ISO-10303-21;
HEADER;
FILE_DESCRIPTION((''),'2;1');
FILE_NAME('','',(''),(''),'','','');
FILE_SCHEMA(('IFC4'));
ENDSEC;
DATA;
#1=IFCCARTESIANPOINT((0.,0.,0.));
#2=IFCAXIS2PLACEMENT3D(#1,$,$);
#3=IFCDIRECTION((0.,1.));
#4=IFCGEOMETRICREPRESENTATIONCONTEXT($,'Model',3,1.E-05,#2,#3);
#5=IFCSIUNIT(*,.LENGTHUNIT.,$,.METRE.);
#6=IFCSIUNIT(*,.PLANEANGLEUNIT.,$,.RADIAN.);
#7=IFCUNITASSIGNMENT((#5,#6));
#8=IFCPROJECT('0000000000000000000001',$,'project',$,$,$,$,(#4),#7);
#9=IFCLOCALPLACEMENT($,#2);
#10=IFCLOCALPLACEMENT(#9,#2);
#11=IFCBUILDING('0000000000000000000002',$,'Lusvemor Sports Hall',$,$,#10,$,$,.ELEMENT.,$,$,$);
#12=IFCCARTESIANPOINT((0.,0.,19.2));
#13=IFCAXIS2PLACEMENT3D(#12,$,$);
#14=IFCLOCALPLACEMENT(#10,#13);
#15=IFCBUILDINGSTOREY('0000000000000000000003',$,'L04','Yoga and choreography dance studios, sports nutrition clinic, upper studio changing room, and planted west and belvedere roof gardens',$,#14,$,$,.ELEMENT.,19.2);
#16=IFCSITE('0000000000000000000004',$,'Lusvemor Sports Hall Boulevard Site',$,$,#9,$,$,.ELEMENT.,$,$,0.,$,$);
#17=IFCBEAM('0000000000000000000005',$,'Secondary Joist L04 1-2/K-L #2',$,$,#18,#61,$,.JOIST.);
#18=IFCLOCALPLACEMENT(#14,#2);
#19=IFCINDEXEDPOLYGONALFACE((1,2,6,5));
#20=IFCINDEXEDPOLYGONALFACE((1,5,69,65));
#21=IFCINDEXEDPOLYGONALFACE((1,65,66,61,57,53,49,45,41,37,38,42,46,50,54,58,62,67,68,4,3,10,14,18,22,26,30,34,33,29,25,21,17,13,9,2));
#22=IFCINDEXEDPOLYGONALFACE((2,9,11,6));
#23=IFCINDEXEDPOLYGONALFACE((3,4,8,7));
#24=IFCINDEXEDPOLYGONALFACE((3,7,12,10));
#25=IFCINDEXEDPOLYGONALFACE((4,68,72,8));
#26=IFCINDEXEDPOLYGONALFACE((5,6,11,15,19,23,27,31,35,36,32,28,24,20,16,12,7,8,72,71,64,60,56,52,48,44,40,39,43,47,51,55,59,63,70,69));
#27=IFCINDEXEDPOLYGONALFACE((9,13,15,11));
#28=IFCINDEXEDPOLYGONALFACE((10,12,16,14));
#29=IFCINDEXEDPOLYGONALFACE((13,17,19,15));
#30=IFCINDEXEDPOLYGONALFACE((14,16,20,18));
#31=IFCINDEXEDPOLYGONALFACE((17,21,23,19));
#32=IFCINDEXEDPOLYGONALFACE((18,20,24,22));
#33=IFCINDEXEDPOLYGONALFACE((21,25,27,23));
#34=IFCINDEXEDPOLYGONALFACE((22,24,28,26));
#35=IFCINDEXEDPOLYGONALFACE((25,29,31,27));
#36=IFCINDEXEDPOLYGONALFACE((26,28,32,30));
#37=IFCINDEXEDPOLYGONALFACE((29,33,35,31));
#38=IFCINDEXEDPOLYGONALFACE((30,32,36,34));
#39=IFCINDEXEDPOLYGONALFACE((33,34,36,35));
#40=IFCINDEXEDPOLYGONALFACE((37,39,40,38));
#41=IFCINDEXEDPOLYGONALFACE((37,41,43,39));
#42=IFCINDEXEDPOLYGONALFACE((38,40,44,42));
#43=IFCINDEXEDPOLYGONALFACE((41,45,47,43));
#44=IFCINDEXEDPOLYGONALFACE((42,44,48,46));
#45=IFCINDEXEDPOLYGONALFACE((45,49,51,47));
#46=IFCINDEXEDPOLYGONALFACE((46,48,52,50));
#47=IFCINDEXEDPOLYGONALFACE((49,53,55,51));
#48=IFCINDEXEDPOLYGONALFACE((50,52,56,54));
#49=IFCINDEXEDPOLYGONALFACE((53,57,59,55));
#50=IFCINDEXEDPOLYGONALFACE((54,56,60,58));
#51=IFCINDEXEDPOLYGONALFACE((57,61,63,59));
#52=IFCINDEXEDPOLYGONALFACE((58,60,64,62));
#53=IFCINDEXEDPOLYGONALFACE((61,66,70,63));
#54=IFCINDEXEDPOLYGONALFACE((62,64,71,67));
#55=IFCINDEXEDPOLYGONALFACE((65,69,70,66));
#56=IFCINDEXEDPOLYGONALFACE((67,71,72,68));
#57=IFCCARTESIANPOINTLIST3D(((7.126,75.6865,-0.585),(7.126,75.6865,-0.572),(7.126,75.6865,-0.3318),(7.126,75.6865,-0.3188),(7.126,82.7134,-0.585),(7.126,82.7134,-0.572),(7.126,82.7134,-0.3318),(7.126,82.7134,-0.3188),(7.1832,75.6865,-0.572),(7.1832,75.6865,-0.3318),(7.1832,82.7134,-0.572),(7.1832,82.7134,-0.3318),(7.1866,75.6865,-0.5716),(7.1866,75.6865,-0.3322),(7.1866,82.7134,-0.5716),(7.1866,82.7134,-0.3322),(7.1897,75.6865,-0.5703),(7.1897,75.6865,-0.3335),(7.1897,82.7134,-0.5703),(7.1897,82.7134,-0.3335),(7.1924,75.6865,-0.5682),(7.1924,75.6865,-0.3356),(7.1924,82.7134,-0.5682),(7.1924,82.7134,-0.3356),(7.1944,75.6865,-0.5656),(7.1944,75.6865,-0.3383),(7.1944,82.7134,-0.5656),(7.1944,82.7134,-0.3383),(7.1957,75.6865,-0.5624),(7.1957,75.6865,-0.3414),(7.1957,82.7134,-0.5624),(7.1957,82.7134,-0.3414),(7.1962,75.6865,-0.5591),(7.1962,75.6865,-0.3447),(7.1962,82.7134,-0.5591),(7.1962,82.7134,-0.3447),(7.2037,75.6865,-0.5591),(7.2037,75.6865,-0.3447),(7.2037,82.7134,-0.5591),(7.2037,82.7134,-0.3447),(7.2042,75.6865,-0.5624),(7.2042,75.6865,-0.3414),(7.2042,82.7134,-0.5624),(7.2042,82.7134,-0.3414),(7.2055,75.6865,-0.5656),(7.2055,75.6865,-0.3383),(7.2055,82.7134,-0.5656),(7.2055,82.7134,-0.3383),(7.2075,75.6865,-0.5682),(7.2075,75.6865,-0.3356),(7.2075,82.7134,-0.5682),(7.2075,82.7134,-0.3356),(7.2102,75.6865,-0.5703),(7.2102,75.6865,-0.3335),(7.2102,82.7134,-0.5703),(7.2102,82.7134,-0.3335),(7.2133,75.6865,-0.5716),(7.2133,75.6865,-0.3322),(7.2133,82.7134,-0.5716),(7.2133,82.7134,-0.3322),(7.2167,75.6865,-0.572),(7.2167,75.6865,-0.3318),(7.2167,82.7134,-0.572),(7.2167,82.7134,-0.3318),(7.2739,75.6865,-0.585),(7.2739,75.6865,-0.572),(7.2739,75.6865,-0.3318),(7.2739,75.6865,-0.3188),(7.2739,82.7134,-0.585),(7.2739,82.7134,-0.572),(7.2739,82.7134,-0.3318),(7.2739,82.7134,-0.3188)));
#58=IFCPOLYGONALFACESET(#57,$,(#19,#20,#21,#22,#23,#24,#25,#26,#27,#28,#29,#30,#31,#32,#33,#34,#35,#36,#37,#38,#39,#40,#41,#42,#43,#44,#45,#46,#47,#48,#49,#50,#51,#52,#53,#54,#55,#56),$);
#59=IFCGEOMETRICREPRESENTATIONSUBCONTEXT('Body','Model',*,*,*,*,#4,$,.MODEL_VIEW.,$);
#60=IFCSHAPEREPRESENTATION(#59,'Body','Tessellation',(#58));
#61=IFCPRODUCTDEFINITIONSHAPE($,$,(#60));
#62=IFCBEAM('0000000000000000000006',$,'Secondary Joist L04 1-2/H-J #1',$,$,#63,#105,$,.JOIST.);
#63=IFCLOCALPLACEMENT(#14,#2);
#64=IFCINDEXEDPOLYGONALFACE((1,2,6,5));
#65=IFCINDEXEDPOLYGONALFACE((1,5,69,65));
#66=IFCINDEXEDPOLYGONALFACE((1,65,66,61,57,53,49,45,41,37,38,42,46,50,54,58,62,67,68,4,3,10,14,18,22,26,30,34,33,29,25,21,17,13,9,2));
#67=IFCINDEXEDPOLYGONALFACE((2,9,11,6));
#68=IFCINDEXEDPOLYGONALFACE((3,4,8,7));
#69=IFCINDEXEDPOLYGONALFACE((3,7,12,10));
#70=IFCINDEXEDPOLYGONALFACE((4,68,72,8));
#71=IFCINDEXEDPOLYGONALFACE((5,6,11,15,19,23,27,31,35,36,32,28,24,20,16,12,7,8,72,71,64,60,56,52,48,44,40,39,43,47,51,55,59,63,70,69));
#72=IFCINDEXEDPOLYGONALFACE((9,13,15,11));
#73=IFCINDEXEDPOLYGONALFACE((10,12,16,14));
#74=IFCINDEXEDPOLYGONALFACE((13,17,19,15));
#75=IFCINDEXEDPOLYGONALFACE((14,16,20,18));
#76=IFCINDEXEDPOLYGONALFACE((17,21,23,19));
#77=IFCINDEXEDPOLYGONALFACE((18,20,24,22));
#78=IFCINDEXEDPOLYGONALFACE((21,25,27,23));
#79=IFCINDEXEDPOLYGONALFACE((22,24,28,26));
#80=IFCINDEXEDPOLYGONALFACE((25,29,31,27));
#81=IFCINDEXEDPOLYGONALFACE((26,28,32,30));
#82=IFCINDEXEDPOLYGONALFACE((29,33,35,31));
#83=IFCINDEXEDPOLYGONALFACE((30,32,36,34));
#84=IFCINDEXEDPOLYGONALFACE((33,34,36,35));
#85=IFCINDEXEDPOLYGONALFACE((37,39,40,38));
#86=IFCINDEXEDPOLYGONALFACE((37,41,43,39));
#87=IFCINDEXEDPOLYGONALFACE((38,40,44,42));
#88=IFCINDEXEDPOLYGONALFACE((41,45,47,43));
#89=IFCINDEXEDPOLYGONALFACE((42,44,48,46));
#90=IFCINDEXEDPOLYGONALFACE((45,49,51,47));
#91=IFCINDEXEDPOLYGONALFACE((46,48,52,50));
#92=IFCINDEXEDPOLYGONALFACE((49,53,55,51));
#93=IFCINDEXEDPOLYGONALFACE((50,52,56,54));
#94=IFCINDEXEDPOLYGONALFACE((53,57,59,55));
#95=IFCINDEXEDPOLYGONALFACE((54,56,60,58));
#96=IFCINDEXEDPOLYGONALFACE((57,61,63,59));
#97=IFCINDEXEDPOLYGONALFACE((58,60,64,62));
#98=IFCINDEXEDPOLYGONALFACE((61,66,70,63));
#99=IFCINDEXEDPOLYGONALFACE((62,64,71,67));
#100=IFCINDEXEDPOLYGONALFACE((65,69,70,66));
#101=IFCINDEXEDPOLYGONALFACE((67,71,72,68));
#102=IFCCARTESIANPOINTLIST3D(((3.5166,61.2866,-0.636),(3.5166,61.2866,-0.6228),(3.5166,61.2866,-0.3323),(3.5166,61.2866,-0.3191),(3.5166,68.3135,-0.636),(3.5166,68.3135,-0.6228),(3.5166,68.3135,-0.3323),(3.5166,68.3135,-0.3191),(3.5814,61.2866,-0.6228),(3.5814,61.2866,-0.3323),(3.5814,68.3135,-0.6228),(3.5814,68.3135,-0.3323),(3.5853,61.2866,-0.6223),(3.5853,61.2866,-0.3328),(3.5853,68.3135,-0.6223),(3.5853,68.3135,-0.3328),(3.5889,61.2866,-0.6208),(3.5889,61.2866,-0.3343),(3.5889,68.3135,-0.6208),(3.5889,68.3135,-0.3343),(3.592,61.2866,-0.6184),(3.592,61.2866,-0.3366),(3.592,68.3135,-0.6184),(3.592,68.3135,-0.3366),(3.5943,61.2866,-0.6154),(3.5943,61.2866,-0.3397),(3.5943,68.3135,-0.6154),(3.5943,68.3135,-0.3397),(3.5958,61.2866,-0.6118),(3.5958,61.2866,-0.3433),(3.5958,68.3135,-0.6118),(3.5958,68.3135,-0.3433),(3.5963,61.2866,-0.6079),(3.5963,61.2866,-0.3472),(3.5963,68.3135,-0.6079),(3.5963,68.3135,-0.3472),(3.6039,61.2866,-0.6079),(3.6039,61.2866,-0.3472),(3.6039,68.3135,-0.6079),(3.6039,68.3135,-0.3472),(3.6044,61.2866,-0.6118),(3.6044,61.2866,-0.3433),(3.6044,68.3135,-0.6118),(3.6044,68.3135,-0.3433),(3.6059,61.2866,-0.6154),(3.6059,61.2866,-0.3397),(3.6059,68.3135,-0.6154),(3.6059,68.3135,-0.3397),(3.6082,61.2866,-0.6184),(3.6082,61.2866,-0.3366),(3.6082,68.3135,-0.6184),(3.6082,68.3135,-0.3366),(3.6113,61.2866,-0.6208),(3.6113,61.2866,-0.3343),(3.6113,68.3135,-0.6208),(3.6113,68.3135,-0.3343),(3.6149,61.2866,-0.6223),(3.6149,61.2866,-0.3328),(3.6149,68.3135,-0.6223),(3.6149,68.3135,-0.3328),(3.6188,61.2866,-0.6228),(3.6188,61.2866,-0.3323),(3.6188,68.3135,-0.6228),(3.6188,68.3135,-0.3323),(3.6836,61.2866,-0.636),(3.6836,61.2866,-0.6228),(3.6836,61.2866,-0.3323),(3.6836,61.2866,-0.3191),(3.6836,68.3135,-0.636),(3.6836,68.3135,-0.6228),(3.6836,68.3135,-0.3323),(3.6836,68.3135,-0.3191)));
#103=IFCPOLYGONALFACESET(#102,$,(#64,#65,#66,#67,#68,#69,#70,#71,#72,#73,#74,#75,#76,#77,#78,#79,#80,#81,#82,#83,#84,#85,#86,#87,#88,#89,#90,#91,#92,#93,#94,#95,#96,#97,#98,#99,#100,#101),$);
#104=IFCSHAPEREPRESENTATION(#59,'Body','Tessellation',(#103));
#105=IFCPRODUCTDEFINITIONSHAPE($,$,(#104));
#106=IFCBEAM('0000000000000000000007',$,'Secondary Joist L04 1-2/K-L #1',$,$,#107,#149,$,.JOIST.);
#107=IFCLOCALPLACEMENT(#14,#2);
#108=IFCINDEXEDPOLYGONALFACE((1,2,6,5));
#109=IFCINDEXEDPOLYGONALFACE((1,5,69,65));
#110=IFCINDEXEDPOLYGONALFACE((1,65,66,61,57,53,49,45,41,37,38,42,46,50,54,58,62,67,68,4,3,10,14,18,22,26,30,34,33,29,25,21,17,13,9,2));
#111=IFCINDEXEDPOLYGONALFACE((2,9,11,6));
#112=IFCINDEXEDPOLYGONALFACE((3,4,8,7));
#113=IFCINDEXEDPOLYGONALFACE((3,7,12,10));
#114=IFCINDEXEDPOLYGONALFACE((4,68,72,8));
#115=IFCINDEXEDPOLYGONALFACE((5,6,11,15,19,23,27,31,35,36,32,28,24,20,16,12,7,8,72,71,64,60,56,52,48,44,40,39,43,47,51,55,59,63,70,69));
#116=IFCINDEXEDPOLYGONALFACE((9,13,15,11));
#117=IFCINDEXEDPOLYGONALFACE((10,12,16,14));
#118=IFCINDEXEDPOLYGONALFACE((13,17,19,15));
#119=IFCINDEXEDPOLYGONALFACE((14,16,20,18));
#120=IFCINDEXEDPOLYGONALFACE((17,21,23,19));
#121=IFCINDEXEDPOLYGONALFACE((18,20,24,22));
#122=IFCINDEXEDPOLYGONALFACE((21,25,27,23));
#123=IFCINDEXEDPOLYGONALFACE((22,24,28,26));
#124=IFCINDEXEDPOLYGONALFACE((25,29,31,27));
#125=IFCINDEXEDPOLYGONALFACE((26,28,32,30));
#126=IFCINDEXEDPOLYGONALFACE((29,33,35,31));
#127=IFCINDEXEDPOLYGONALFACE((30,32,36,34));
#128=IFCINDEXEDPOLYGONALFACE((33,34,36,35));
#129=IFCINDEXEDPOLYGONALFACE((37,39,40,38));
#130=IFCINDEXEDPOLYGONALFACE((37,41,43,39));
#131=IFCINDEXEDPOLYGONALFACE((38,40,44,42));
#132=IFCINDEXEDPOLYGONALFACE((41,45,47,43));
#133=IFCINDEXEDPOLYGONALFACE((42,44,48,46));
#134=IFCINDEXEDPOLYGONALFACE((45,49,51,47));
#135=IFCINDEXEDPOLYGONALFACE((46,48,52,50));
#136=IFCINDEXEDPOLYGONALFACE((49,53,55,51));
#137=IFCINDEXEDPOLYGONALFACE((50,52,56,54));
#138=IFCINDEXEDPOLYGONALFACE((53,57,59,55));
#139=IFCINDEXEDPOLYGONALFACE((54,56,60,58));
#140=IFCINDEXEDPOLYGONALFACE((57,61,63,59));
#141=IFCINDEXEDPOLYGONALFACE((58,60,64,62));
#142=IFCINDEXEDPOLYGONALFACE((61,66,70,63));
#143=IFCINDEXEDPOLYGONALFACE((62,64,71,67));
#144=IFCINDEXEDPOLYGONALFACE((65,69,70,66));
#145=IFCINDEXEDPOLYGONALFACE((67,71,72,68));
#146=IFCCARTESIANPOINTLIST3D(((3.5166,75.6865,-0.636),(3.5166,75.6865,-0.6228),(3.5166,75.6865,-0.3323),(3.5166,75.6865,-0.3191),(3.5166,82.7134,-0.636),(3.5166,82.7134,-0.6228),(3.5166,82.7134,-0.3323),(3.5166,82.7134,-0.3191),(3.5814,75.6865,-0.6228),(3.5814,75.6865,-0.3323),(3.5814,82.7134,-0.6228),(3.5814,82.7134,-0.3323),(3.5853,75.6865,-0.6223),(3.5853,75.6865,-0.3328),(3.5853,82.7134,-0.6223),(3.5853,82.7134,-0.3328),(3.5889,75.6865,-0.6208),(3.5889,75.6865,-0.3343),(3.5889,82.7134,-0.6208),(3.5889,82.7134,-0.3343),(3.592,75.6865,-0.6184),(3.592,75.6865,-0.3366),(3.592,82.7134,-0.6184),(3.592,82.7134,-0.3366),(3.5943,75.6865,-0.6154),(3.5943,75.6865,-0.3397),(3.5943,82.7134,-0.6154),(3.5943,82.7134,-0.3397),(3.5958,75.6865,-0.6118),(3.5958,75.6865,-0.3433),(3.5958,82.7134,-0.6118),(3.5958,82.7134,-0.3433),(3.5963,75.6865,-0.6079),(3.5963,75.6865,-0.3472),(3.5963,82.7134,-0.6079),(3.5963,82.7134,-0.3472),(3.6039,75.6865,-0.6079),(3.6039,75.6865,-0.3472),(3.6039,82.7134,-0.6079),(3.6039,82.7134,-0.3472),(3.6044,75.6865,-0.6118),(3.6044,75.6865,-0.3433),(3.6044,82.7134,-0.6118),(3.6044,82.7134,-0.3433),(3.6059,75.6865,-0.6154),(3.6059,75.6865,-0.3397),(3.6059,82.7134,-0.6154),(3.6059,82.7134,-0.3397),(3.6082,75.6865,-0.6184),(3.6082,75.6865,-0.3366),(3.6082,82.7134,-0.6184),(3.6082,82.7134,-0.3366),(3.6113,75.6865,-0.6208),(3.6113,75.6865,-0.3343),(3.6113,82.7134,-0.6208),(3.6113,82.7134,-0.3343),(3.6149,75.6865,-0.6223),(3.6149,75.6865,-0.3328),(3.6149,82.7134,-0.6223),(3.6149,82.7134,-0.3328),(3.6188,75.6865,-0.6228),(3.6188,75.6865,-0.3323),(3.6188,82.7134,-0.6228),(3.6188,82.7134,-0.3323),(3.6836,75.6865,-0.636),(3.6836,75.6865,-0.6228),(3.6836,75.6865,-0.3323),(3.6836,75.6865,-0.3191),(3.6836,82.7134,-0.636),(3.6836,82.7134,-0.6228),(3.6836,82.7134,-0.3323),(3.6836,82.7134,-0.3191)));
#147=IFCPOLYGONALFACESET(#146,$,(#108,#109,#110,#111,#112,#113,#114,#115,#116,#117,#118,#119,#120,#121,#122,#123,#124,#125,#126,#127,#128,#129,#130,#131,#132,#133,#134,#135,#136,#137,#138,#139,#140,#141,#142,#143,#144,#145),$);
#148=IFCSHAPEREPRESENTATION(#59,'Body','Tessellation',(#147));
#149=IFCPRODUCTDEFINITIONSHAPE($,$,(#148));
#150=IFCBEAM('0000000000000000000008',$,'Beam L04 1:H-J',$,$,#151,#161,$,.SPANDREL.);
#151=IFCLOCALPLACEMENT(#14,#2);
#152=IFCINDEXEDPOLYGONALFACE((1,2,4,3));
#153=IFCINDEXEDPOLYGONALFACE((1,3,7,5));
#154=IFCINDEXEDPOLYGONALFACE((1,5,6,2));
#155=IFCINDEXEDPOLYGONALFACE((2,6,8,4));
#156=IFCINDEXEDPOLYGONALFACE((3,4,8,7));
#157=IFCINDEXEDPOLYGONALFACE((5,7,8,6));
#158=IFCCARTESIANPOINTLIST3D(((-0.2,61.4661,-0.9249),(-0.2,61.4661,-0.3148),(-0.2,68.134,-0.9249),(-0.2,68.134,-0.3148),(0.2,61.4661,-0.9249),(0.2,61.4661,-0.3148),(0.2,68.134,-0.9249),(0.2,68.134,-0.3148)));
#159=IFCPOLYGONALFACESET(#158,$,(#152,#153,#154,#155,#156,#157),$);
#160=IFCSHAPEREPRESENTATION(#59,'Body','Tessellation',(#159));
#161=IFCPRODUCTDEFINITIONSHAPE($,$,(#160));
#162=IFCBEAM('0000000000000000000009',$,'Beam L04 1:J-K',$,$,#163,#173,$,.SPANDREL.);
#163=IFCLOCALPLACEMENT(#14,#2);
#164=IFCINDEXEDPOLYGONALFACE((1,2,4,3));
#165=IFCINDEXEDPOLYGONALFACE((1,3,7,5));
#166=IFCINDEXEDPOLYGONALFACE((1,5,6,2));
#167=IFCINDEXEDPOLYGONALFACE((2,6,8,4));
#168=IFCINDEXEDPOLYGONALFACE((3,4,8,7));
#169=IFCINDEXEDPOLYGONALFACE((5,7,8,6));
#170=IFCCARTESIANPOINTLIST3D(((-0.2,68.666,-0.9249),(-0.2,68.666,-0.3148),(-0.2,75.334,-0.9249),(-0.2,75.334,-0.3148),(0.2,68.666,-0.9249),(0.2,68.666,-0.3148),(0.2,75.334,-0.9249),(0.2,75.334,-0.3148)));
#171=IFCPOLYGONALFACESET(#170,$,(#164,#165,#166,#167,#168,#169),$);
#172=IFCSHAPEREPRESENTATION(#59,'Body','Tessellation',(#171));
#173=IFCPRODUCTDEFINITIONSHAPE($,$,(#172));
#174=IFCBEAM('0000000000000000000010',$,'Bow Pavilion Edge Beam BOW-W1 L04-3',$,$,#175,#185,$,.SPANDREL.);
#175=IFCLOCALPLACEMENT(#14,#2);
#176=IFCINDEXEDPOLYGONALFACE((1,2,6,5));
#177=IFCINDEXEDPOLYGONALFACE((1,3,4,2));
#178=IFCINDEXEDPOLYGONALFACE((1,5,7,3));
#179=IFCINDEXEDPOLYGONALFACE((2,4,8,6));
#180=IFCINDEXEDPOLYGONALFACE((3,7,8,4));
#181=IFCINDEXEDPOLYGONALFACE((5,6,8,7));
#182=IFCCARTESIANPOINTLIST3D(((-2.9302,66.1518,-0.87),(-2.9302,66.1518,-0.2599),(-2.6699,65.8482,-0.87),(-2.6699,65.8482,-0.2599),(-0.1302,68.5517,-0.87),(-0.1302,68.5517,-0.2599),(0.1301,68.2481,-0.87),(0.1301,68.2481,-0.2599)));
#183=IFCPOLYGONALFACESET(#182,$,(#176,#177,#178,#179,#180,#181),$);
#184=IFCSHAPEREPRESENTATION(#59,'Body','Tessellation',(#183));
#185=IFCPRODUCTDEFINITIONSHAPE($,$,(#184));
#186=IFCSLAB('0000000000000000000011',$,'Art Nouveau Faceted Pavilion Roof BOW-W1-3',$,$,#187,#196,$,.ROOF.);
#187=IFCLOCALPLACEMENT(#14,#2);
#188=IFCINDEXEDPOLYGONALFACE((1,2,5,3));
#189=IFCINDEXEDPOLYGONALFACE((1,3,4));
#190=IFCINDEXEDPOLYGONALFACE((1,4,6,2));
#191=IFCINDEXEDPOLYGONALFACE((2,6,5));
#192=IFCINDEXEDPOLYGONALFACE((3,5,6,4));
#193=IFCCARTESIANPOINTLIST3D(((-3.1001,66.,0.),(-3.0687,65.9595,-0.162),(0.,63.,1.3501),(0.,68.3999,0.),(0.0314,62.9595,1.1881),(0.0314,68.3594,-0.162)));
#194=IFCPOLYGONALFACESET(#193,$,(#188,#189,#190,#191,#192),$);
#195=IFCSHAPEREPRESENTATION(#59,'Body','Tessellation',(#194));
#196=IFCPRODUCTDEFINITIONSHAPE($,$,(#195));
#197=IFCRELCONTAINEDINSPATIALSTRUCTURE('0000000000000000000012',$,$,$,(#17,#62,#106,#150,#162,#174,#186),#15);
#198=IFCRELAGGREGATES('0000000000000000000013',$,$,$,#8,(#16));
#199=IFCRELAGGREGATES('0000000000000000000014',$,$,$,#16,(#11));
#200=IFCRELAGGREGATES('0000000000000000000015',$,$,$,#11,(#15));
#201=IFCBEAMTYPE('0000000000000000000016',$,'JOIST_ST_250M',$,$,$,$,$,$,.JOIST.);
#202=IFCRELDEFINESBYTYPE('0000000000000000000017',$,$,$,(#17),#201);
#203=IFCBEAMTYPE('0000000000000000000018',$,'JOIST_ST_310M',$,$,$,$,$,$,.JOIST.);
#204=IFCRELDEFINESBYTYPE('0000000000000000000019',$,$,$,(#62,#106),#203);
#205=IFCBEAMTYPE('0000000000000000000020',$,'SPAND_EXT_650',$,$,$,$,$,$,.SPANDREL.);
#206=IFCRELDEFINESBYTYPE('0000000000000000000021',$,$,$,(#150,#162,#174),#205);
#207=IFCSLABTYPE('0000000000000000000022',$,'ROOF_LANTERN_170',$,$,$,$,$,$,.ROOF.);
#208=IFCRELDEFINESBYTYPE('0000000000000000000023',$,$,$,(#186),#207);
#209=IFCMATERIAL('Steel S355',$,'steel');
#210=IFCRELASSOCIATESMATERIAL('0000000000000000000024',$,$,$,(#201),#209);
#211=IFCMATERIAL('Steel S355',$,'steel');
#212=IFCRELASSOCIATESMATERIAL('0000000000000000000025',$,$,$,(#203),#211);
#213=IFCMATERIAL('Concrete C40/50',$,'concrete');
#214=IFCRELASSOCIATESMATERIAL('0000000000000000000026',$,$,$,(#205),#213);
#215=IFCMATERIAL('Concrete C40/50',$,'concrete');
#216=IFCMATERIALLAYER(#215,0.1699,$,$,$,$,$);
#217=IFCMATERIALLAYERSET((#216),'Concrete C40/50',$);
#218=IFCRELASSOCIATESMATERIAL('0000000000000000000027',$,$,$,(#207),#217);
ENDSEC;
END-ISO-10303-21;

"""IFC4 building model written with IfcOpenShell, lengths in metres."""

from ifc_helpers import new_model, si_unit, direction, frame, origin, origin_2d, place, context, subcontext, project, spatial, polyline, rectangle, i_section, outline, extrude, material, layer, layer_set, material_profile, profile_set, type_object, element, save


model = new_model("IFC4")

# Units and contexts
model_context = context("Model", 3, precision=1e-05, world=origin(), true_north=direction((0.0, 1.0)))
body_context = subcontext(model_context, "Body", "Model", "MODEL_VIEW")
ifc_project = project(units=[si_unit("LENGTHUNIT", "METRE"), si_unit("PLANEANGLEUNIT", "RADIAN")], contexts=[model_context])

# Site, building, storey
site_placement = place(None, origin())
site = spatial("IfcSite", under=ifc_project, at=site_placement, Name="Lusvemor Sports Hall Boulevard Site", CompositionType="ELEMENT", RefElevation=0.0)
building_placement = place(site_placement, origin())
building = spatial("IfcBuilding", under=site, at=building_placement, Name="Lusvemor Sports Hall", CompositionType="ELEMENT")
storey_placement = place(building_placement, frame((0.0, 0.0, 19.2)))
storey = spatial("IfcBuildingStorey", under=building, at=storey_placement, Name="L04", Description="Yoga and choreography dance studios, sports nutrition clinic, upper studio changing room, and planted west and belvedere roof gardens", CompositionType="ELEMENT", Elevation=19.2)

# Beams
ifc_material_1 = material(Name="Steel S355", Category="steel")
ifc_material_profile_1 = material_profile(ifc_material_1, i_section(OverallWidth=0.1479, OverallDepth=0.2661, WebThickness=0.0076, FlangeThickness=0.0129, FilletRadius=0.0129, at=origin_2d()), Name="W250x44.8")
ifc_profile_set_1 = profile_set([ifc_material_profile_1], Name="Steel S355")
beam_type_1 = type_object("IfcBeamType", Name="JOIST_ST_250M", PredefinedType="JOIST", material=ifc_profile_set_1)
for number, where, z_axis, x_axis, name in (
    (1, (7.2, 75.6865, -0.4519), (0.0, 1.0, 0.0), (-1.0, 0.0, 0.0), "Secondary Joist L04 1-2/K-L #2"),
):
    element("IfcBeam", number, at=place(storey_placement, frame(where, z_axis=z_axis, x_axis=x_axis)), inside=storey, type_object=beam_type_1, Name=name, PredefinedType="JOIST", context=body_context, shape_type="SweptSolid", body=[
        extrude(i_section(OverallWidth=0.1479, OverallDepth=0.2661, WebThickness=0.0076, FlangeThickness=0.0129, FilletRadius=0.0129, at=origin_2d()), origin(), (0.0, 0.0, 1.0), 7.0269),
    ])
ifc_material_2 = material(Name="Steel S355", Category="steel")
ifc_material_profile_2 = material_profile(ifc_material_2, i_section(OverallWidth=0.167, OverallDepth=0.3169, WebThickness=0.0076, FlangeThickness=0.0132, FilletRadius=0.0149, at=origin_2d()), Name="W310x52.0")
ifc_profile_set_2 = profile_set([ifc_material_profile_2], Name="Steel S355")
beam_type_2 = type_object("IfcBeamType", Name="JOIST_ST_310M", PredefinedType="JOIST", material=ifc_profile_set_2)
for number, where, z_axis, x_axis, name in (
    (2, (3.6001, 61.2866, -0.4775), (0.0, 1.0, 0.0), (-1.0, 0.0, 0.0), "Secondary Joist L04 1-2/H-J #1"),
    (3, (3.6001, 75.6865, -0.4775), (0.0, 1.0, 0.0), (-1.0, 0.0, 0.0), "Secondary Joist L04 1-2/K-L #1"),
):
    element("IfcBeam", number, at=place(storey_placement, frame(where, z_axis=z_axis, x_axis=x_axis)), inside=storey, type_object=beam_type_2, Name=name, PredefinedType="JOIST", context=body_context, shape_type="SweptSolid", body=[
        extrude(i_section(OverallWidth=0.167, OverallDepth=0.3169, WebThickness=0.0076, FlangeThickness=0.0132, FilletRadius=0.0149, at=origin_2d()), origin(), (0.0, 0.0, 1.0), 7.0269),
    ])
ifc_material_3 = material(Name="Concrete C40/50", Category="concrete")
ifc_material_profile_3 = material_profile(ifc_material_3, rectangle(XDim=0.3999, YDim=0.6101, at=origin_2d()), Name="RC400x610")
ifc_profile_set_3 = profile_set([ifc_material_profile_3], Name="Concrete C40/50")
beam_type_3 = type_object("IfcBeamType", Name="SPAND_EXT_650", PredefinedType="SPANDREL", material=ifc_profile_set_3)
for number, where, z_axis, x_axis, name in (
    (4, (0.0, 61.4661, -0.6199), (0.0, 1.0, 0.0), (-1.0, 0.0, 0.0), "Beam L04 1:H-J"),
    (5, (0.0, 68.666, -0.6199), (0.0, 1.0, 0.0), (-1.0, 0.0, 0.0), "Beam L04 1:J-K"),
):
    element("IfcBeam", number, at=place(storey_placement, frame(where, z_axis=z_axis, x_axis=x_axis)), inside=storey, type_object=beam_type_3, Name=name, PredefinedType="SPANDREL", context=body_context, shape_type="SweptSolid", body=[
        extrude(rectangle(XDim=0.3999, YDim=0.6101, at=origin_2d()), origin(), (0.0, 0.0, 1.0), 6.668),
    ])
beam_1_placement = place(storey_placement, frame((-2.8, 66.0, -0.5649), z_axis=(0.759275, 0.65077, 0.0), x_axis=(-0.65077, 0.759275, 0.0)))
element("IfcBeam", 6, at=beam_1_placement, inside=storey, type_object=beam_type_3, Name="Bow Pavilion Edge Beam BOW-W1 L04-3", PredefinedType="SPANDREL", context=body_context, shape_type="SweptSolid", body=[
    extrude(rectangle(XDim=0.3999, YDim=0.6101, at=origin_2d()), origin(), (0.0, 0.0, 1.0), 3.6877),
])

# Slab
ifc_material_4 = material(Name="Concrete C40/50", Category="concrete")
ifc_layer_1 = layer(ifc_material_4, 0.1699)
ifc_layer_set_1 = layer_set([ifc_layer_1], Name="Concrete C40/50")
slab_type = type_object("IfcSlabType", Name="ROOF_LANTERN_170", PredefinedType="ROOF", material=ifc_layer_set_1)
slab_placement = place(storey_placement, frame((-3.1001, 66.0, 0.0), z_axis=(-0.184547, 0.23839, 0.953474), x_axis=(0.790745, 0.612146, 0.0)))
element("IfcSlab", 7, at=slab_placement, inside=storey, type_object=slab_type, Name="Art Nouveau Faceted Pavilion Roof BOW-W1-3", PredefinedType="ROOF", context=body_context, shape_type="SweptSolid", body=[
    extrude(outline(polyline([(0.0, 0.0), (3.9205, 0.0), (0.615, -4.4783), (0.0, 0.0)])), origin(), (0.0, 0.0, -1.0), 0.1699),
])

save(model, "model.ifc")
